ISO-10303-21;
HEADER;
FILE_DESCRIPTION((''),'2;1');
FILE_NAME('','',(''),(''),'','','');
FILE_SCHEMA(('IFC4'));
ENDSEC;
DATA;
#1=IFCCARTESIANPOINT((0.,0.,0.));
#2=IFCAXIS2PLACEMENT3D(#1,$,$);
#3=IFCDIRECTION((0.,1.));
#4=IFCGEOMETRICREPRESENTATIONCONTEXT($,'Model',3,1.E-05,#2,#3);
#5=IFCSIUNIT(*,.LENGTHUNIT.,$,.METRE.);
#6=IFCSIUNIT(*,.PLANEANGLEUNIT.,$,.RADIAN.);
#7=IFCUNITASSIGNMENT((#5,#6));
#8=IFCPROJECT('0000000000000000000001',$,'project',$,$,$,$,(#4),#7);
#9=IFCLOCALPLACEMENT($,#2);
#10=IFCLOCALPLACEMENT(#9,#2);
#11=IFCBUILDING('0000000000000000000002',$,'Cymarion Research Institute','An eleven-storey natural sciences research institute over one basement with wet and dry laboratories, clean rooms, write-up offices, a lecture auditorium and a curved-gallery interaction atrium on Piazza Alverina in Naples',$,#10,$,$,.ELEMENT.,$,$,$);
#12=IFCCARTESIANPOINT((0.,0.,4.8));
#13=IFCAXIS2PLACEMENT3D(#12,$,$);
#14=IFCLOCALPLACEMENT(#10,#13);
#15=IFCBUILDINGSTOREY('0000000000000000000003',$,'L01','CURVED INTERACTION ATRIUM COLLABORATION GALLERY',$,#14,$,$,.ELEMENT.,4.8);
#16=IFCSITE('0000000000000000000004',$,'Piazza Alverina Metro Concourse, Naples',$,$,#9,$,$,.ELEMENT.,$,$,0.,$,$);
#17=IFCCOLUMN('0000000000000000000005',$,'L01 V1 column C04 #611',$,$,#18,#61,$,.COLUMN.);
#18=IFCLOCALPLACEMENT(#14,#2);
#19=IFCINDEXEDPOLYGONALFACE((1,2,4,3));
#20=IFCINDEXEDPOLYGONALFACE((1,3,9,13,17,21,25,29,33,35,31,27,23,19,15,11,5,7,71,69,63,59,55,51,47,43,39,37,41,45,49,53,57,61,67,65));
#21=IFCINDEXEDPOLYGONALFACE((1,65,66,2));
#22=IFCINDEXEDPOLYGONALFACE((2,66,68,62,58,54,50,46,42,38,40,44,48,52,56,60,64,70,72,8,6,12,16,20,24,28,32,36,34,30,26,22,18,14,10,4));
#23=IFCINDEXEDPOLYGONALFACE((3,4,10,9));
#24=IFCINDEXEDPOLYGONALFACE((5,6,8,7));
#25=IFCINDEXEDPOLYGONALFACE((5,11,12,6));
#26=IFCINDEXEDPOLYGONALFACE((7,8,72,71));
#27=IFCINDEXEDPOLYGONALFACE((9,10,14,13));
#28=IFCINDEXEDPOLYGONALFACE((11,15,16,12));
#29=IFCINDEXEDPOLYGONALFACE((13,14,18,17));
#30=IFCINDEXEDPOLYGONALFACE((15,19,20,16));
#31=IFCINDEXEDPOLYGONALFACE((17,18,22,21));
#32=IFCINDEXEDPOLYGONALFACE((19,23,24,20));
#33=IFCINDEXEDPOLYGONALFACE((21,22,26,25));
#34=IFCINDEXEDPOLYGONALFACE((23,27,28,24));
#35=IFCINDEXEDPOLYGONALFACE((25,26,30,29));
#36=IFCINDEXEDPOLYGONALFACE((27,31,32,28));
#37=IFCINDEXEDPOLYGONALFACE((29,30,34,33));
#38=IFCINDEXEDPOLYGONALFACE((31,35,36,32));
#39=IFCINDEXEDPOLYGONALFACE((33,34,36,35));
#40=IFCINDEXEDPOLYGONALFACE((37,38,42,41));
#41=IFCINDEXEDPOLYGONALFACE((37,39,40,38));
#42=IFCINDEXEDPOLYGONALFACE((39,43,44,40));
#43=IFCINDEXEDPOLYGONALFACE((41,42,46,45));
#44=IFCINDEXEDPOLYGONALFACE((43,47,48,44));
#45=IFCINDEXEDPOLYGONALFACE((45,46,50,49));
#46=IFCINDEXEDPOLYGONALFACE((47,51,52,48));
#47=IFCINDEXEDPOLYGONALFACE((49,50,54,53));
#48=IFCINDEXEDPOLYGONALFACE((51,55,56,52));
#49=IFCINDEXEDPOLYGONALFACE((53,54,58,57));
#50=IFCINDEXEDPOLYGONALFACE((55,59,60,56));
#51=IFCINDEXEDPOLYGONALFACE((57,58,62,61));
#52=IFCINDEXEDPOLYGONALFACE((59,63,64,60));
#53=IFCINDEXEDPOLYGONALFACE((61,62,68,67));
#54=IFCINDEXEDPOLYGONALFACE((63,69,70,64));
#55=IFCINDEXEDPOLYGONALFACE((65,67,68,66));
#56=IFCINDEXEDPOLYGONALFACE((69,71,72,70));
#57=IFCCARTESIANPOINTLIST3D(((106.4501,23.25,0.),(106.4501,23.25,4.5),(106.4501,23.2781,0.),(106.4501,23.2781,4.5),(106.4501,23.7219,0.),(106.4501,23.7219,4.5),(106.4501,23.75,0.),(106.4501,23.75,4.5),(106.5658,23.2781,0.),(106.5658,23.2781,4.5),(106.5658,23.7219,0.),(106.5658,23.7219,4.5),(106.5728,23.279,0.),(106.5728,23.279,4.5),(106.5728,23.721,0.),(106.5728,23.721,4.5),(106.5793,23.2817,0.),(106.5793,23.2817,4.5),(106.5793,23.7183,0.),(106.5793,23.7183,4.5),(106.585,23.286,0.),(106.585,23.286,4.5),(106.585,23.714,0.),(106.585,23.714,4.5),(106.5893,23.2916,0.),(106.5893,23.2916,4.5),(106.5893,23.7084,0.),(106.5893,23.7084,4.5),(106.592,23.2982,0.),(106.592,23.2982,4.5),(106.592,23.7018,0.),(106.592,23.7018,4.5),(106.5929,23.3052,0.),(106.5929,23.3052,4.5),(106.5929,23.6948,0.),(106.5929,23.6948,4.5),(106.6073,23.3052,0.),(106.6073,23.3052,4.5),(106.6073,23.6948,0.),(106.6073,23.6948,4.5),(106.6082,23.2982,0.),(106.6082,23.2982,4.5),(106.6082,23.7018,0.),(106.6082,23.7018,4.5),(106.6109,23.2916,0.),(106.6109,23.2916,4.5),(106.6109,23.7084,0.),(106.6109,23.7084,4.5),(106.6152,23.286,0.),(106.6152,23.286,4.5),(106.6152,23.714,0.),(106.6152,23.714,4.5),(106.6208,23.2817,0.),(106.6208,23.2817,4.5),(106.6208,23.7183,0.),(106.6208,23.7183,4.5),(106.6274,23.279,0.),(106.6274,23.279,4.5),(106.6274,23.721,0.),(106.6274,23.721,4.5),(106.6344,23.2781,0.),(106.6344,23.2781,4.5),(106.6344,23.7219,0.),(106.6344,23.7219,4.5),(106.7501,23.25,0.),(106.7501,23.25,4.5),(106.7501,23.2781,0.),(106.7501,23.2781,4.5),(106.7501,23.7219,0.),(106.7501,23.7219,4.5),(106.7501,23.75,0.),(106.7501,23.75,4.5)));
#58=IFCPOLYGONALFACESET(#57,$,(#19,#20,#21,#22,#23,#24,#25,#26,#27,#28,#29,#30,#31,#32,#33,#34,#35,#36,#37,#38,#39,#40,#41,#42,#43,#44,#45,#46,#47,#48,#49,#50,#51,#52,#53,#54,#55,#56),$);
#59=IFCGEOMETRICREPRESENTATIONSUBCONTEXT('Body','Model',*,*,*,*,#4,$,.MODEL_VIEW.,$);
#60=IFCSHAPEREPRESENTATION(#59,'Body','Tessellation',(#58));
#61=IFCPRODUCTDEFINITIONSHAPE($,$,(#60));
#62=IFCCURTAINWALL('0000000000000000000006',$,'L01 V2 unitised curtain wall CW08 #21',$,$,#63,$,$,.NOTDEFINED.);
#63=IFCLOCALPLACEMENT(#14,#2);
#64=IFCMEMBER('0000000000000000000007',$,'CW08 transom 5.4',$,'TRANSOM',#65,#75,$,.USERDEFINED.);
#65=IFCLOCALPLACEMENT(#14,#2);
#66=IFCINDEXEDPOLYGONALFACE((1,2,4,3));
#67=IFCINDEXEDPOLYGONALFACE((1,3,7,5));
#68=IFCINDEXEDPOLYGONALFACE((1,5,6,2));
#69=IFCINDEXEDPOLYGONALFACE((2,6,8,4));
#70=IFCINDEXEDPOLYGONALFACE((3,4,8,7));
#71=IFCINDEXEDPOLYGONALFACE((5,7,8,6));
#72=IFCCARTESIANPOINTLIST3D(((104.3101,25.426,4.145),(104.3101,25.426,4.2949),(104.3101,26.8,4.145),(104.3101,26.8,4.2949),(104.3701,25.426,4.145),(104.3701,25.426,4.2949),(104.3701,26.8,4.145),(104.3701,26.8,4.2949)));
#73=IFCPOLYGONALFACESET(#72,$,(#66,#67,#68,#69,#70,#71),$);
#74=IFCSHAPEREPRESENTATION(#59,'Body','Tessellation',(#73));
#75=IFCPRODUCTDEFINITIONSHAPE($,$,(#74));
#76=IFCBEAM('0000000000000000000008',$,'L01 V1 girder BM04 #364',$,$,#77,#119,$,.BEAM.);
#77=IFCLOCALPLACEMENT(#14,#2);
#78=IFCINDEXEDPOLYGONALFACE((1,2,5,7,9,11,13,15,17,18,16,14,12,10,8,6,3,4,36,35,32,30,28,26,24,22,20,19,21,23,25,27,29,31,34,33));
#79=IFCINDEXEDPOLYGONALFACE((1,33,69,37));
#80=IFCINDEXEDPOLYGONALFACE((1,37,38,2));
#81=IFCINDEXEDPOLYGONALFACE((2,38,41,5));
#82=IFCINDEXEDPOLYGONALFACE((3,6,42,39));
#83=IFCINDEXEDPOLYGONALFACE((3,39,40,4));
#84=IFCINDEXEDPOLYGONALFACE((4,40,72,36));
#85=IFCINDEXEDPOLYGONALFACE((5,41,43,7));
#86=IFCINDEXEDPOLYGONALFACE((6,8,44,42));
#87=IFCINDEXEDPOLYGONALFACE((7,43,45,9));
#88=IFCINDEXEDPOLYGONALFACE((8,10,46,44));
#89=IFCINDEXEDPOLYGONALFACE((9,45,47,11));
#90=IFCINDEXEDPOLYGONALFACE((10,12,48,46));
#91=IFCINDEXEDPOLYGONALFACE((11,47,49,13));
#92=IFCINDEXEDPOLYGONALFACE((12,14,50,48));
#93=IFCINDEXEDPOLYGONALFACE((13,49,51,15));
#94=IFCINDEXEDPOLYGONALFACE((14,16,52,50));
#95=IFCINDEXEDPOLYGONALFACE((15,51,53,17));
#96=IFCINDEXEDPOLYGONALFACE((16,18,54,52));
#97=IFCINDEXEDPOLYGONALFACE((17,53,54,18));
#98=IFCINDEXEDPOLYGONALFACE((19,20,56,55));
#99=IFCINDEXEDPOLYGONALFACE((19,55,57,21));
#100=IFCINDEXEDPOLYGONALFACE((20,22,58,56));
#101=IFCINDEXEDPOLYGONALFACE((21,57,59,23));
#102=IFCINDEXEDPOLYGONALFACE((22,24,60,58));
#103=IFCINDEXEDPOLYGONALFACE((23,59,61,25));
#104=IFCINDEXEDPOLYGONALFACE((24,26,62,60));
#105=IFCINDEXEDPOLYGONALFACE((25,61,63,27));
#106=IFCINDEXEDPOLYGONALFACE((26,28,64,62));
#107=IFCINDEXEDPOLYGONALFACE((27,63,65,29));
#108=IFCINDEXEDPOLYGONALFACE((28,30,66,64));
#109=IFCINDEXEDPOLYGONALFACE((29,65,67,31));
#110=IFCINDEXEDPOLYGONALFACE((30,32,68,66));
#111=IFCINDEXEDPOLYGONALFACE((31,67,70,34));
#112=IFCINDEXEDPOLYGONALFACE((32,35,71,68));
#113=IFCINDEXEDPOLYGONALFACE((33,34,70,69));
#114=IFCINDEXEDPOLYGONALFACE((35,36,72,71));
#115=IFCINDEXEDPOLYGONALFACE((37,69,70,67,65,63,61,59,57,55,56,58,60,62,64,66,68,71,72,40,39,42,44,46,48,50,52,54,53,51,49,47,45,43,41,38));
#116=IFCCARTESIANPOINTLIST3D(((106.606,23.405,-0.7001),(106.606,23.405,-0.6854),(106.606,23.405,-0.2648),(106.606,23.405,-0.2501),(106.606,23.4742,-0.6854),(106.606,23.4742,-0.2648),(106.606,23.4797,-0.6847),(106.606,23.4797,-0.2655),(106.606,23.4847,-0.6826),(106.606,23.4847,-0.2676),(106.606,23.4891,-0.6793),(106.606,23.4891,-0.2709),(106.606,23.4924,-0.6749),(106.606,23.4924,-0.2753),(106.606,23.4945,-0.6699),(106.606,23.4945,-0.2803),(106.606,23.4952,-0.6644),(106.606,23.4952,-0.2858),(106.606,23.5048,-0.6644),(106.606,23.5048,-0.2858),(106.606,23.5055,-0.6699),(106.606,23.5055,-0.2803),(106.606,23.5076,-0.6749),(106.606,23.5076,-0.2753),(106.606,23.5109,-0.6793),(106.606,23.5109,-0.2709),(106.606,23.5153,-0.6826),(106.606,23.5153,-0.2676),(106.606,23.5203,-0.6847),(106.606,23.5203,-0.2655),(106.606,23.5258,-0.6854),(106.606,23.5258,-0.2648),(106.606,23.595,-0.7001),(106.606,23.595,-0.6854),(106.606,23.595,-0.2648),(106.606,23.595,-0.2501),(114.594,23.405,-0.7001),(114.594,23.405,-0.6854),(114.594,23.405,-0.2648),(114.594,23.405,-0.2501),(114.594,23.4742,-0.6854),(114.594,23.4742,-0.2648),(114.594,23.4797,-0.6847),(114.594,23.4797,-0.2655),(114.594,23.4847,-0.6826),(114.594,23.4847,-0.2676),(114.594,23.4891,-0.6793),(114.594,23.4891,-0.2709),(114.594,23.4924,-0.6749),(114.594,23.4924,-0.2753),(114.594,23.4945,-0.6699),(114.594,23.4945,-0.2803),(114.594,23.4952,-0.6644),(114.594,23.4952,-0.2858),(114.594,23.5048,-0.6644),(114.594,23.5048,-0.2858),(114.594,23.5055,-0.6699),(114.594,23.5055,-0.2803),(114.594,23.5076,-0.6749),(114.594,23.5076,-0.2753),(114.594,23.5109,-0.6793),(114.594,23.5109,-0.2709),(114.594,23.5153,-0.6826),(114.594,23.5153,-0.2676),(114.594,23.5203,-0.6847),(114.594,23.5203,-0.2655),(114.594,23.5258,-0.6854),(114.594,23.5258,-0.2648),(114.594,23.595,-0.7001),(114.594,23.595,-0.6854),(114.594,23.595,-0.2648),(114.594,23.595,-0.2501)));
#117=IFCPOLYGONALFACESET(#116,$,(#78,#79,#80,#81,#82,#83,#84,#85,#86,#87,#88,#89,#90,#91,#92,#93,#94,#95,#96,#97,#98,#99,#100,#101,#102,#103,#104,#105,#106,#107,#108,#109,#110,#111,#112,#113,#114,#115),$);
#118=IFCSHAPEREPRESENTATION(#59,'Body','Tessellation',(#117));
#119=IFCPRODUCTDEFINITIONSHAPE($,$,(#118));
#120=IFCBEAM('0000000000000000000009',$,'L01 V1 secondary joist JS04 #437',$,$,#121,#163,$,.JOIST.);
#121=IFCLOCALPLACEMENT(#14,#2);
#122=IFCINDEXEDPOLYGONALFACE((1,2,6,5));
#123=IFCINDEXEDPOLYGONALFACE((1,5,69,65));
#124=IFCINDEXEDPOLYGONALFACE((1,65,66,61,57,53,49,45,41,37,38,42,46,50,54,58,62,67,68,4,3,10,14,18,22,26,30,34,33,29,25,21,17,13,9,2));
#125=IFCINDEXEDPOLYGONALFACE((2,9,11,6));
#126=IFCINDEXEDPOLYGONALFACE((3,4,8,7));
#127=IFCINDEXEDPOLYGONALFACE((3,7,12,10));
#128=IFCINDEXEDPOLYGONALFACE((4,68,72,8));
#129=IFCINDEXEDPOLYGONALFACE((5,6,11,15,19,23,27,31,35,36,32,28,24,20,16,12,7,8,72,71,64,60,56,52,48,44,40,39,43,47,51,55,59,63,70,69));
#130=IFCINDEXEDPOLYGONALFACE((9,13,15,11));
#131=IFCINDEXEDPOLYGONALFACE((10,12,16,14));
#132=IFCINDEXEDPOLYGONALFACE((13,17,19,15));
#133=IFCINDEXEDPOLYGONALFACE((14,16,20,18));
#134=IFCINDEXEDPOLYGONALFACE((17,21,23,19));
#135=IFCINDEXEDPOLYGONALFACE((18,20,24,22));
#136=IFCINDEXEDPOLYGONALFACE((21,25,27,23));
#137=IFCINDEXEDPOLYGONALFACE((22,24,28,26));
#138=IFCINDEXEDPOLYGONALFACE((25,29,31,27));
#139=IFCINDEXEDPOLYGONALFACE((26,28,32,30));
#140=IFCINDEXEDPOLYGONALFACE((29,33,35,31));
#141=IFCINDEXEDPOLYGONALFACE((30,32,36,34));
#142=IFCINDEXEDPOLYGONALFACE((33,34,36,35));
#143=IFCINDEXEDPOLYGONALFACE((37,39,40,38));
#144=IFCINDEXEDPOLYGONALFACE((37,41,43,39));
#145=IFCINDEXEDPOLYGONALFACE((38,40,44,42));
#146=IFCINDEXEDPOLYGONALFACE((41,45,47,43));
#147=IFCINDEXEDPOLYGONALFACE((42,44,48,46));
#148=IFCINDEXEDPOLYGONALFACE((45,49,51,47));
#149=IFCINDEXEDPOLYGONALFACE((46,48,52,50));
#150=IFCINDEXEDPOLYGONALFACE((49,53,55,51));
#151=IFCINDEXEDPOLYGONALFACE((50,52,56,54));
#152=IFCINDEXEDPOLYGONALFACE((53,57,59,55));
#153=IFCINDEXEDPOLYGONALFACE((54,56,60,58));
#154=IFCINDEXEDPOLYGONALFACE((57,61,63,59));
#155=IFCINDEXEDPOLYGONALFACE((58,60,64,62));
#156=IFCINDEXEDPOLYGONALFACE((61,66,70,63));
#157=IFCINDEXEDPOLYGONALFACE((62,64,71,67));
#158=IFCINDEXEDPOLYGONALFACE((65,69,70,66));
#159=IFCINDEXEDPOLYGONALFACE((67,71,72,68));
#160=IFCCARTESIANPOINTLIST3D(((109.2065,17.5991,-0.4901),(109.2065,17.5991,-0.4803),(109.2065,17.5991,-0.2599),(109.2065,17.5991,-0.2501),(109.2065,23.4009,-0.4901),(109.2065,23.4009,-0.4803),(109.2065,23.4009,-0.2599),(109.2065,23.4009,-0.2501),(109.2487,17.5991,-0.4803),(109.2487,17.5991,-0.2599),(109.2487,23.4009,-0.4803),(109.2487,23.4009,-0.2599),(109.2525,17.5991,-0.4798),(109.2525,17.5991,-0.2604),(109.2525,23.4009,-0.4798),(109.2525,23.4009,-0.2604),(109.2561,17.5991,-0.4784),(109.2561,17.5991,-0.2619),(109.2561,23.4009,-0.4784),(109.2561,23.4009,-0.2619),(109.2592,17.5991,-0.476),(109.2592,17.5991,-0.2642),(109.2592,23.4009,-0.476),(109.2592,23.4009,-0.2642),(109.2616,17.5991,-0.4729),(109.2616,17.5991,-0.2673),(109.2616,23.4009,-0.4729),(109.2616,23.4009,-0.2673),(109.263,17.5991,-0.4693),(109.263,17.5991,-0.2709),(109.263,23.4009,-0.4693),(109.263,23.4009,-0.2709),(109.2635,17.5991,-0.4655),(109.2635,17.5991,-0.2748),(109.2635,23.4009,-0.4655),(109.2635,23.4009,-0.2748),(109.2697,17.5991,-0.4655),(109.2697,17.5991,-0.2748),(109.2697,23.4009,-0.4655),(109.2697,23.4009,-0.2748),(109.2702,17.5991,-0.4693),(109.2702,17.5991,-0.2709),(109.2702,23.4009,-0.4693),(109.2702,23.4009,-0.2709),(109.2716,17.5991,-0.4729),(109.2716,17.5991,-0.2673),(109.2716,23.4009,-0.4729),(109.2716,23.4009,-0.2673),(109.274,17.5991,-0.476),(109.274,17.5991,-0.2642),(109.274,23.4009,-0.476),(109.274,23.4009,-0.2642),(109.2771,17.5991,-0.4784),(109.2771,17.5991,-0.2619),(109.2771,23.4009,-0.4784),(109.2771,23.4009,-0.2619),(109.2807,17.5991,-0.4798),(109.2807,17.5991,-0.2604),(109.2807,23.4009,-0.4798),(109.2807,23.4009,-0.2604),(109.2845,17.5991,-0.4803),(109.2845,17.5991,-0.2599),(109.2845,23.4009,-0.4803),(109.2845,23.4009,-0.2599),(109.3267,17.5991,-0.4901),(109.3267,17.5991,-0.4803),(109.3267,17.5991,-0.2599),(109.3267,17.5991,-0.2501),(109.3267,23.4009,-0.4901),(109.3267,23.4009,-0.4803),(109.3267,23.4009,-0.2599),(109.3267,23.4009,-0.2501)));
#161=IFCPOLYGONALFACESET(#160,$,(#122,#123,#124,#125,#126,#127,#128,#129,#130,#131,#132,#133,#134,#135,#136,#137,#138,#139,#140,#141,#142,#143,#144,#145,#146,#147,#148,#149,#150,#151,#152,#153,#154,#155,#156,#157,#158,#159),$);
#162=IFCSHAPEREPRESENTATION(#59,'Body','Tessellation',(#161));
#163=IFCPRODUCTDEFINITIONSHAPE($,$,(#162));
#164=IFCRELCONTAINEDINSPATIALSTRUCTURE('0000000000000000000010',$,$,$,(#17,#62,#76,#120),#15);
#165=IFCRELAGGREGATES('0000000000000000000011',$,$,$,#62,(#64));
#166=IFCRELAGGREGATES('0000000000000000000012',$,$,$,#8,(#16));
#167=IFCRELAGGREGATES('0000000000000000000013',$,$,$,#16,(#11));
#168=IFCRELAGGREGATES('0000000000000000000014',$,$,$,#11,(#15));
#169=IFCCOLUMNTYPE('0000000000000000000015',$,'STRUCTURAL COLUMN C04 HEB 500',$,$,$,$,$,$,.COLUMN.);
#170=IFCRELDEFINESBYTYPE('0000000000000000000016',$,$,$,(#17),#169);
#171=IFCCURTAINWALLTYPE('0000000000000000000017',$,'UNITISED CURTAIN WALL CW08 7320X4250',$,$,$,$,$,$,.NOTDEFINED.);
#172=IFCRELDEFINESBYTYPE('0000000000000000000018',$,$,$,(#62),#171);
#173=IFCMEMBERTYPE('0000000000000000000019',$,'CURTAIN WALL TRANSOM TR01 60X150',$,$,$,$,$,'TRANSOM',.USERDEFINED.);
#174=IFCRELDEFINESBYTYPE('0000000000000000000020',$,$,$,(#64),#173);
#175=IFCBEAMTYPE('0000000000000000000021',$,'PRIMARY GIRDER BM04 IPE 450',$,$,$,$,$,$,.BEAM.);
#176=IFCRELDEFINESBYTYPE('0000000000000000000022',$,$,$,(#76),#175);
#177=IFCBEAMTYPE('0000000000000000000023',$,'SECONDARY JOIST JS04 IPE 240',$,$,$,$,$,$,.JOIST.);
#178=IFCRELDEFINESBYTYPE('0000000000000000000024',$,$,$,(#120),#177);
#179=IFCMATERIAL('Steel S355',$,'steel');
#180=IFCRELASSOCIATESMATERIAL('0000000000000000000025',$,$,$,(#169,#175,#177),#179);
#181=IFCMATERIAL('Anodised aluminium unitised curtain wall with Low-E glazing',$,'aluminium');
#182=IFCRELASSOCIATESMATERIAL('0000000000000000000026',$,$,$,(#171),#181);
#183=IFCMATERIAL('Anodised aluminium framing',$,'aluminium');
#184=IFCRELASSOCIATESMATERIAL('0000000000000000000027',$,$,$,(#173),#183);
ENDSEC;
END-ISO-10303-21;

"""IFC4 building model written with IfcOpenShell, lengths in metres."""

from ifc_helpers import new_model, si_unit, direction, frame, origin, origin_2d, place, context, subcontext, project, spatial, rectangle, i_section, extrude, material, material_profile, profile_set, type_object, element, aggregate, save


model = new_model("IFC4")

# Units and contexts
model_context = context("Model", 3, precision=1e-05, world=origin(), true_north=direction((0.0, 1.0)))
body_context = subcontext(model_context, "Body", "Model", "MODEL_VIEW")
ifc_project = project(units=[si_unit("LENGTHUNIT", "METRE"), si_unit("PLANEANGLEUNIT", "RADIAN")], contexts=[model_context])

# Site, building, storey
site_placement = place(None, origin())
site = spatial("IfcSite", under=ifc_project, at=site_placement, Name="Piazza Alverina Metro Concourse, Naples", CompositionType="ELEMENT", RefElevation=0.0)
building_placement = place(site_placement, origin())
building = spatial("IfcBuilding", under=site, at=building_placement, Name="Cymarion Research Institute", Description="An eleven-storey natural sciences research institute over one basement with wet and dry laboratories, clean rooms, write-up offices, a lecture auditorium and a curved-gallery interaction atrium on Piazza Alverina in Naples", CompositionType="ELEMENT")
storey_placement = place(building_placement, frame((0.0, 0.0, 4.8)))
storey = spatial("IfcBuildingStorey", under=building, at=storey_placement, Name="L01", Description="CURVED INTERACTION ATRIUM COLLABORATION GALLERY", CompositionType="ELEMENT", Elevation=4.8)

# Column
ifc_material_1 = material(Name="Steel S355", Category="steel")
ifc_material_profile_1 = material_profile(ifc_material_1, i_section(OverallWidth=0.3, OverallDepth=0.5, WebThickness=0.0144, FlangeThickness=0.0281, FilletRadius=0.0271, at=origin_2d()), Name="HEB 500")
ifc_profile_set_1 = profile_set([ifc_material_profile_1], Name="Steel S355")
column_type = type_object("IfcColumnType", Name="STRUCTURAL COLUMN C04 HEB 500", PredefinedType="COLUMN", material=ifc_profile_set_1)
column_placement = place(storey_placement, frame((106.6001, 23.5, 0.0), z_axis=(0.0, 0.0, 1.0), x_axis=(1.0, 0.0, 0.0)))
element("IfcColumn", 1, at=column_placement, inside=storey, type_object=column_type, Name="L01 V1 column C04 #611", PredefinedType="COLUMN", context=body_context, shape_type="SweptSolid", body=[
    extrude(i_section(OverallWidth=0.3, OverallDepth=0.5, WebThickness=0.0144, FlangeThickness=0.0281, FilletRadius=0.0271, at=origin_2d()), origin(), (0.0, 0.0, 1.0), 4.5),
])

# Curtain wall, member
ifc_material_2 = material(Name="Anodised aluminium unitised curtain wall with Low-E glazing", Category="aluminium")
curtain_wall_type = type_object("IfcCurtainWallType", Name="UNITISED CURTAIN WALL CW08 7320X4250", PredefinedType="NOTDEFINED", material=ifc_material_2)
curtain_wall_placement = place(storey_placement, origin())
curtain_wall = element("IfcCurtainWall", 2, at=curtain_wall_placement, inside=storey, type_object=curtain_wall_type, Name="L01 V2 unitised curtain wall CW08 #21", PredefinedType="NOTDEFINED")
ifc_material_3 = material(Name="Anodised aluminium framing", Category="aluminium")
ifc_material_profile_2 = material_profile(ifc_material_3, rectangle(XDim=0.0601, YDim=0.1499, at=origin_2d()), Name="ALU TRANSOM 60x150")
ifc_profile_set_2 = profile_set([ifc_material_profile_2], Name="Anodised aluminium framing")
member_type = type_object("IfcMemberType", Name="CURTAIN WALL TRANSOM TR01 60X150", ElementType="TRANSOM", PredefinedType="USERDEFINED", material=ifc_profile_set_2)
member_placement = place(storey_placement, frame((104.3401, 25.426, 4.22), z_axis=(0.0, 1.0, 0.0), x_axis=(-1.0, 0.0, 0.0)))
member = element("IfcMember", 3, at=member_placement, type_object=member_type, Name="CW08 transom 5.4", ObjectType="TRANSOM", PredefinedType="USERDEFINED", context=body_context, shape_type="SweptSolid", body=[
    extrude(rectangle(XDim=0.0601, YDim=0.1499, at=origin_2d()), origin(), (0.0, 0.0, 1.0), 1.374),
])
aggregate(curtain_wall, [member])

# Beams
ifc_material_profile_3 = material_profile(ifc_material_1, i_section(OverallWidth=0.1899, OverallDepth=0.45, WebThickness=0.0095, FlangeThickness=0.0146, FilletRadius=0.021, at=origin_2d()), Name="IPE 450")
ifc_profile_set_3 = profile_set([ifc_material_profile_3], Name="Steel S355")
beam_type_1 = type_object("IfcBeamType", Name="PRIMARY GIRDER BM04 IPE 450", PredefinedType="BEAM", material=ifc_profile_set_3)
beam_1_placement = place(storey_placement, frame((106.606, 23.5, -0.4751), z_axis=(1.0, 0.0, 0.0), x_axis=(0.0, 1.0, 0.0)))
element("IfcBeam", 4, at=beam_1_placement, inside=storey, type_object=beam_type_1, Name="L01 V1 girder BM04 #364", PredefinedType="BEAM", context=body_context, shape_type="SweptSolid", body=[
    extrude(i_section(OverallWidth=0.1899, OverallDepth=0.45, WebThickness=0.0095, FlangeThickness=0.0146, FilletRadius=0.021, at=origin_2d()), origin(), (0.0, 0.0, 1.0), 7.988),
])
ifc_material_profile_4 = material_profile(ifc_material_1, i_section(OverallWidth=0.1201, OverallDepth=0.24, WebThickness=0.0061, FlangeThickness=0.0098, FilletRadius=0.0149, at=origin_2d()), Name="IPE 240")
ifc_profile_set_4 = profile_set([ifc_material_profile_4], Name="Steel S355")
beam_type_2 = type_object("IfcBeamType", Name="SECONDARY JOIST JS04 IPE 240", PredefinedType="JOIST", material=ifc_profile_set_4)
for number, where, z_axis, x_axis, name in (
    (5, (109.2666, 17.5991, -0.3701), (0.0, 1.0, 0.0), (-1.0, 0.0, 0.0), "L01 V1 secondary joist JS04 #437"),
):
    element("IfcBeam", number, at=place(storey_placement, frame(where, z_axis=z_axis, x_axis=x_axis)), inside=storey, type_object=beam_type_2, Name=name, PredefinedType="JOIST", context=body_context, shape_type="SweptSolid", body=[
        extrude(i_section(OverallWidth=0.1201, OverallDepth=0.24, WebThickness=0.0061, FlangeThickness=0.0098, FilletRadius=0.0149, at=origin_2d()), origin(), (0.0, 0.0, 1.0), 5.8018),
    ])

save(model, "model.ifc")
